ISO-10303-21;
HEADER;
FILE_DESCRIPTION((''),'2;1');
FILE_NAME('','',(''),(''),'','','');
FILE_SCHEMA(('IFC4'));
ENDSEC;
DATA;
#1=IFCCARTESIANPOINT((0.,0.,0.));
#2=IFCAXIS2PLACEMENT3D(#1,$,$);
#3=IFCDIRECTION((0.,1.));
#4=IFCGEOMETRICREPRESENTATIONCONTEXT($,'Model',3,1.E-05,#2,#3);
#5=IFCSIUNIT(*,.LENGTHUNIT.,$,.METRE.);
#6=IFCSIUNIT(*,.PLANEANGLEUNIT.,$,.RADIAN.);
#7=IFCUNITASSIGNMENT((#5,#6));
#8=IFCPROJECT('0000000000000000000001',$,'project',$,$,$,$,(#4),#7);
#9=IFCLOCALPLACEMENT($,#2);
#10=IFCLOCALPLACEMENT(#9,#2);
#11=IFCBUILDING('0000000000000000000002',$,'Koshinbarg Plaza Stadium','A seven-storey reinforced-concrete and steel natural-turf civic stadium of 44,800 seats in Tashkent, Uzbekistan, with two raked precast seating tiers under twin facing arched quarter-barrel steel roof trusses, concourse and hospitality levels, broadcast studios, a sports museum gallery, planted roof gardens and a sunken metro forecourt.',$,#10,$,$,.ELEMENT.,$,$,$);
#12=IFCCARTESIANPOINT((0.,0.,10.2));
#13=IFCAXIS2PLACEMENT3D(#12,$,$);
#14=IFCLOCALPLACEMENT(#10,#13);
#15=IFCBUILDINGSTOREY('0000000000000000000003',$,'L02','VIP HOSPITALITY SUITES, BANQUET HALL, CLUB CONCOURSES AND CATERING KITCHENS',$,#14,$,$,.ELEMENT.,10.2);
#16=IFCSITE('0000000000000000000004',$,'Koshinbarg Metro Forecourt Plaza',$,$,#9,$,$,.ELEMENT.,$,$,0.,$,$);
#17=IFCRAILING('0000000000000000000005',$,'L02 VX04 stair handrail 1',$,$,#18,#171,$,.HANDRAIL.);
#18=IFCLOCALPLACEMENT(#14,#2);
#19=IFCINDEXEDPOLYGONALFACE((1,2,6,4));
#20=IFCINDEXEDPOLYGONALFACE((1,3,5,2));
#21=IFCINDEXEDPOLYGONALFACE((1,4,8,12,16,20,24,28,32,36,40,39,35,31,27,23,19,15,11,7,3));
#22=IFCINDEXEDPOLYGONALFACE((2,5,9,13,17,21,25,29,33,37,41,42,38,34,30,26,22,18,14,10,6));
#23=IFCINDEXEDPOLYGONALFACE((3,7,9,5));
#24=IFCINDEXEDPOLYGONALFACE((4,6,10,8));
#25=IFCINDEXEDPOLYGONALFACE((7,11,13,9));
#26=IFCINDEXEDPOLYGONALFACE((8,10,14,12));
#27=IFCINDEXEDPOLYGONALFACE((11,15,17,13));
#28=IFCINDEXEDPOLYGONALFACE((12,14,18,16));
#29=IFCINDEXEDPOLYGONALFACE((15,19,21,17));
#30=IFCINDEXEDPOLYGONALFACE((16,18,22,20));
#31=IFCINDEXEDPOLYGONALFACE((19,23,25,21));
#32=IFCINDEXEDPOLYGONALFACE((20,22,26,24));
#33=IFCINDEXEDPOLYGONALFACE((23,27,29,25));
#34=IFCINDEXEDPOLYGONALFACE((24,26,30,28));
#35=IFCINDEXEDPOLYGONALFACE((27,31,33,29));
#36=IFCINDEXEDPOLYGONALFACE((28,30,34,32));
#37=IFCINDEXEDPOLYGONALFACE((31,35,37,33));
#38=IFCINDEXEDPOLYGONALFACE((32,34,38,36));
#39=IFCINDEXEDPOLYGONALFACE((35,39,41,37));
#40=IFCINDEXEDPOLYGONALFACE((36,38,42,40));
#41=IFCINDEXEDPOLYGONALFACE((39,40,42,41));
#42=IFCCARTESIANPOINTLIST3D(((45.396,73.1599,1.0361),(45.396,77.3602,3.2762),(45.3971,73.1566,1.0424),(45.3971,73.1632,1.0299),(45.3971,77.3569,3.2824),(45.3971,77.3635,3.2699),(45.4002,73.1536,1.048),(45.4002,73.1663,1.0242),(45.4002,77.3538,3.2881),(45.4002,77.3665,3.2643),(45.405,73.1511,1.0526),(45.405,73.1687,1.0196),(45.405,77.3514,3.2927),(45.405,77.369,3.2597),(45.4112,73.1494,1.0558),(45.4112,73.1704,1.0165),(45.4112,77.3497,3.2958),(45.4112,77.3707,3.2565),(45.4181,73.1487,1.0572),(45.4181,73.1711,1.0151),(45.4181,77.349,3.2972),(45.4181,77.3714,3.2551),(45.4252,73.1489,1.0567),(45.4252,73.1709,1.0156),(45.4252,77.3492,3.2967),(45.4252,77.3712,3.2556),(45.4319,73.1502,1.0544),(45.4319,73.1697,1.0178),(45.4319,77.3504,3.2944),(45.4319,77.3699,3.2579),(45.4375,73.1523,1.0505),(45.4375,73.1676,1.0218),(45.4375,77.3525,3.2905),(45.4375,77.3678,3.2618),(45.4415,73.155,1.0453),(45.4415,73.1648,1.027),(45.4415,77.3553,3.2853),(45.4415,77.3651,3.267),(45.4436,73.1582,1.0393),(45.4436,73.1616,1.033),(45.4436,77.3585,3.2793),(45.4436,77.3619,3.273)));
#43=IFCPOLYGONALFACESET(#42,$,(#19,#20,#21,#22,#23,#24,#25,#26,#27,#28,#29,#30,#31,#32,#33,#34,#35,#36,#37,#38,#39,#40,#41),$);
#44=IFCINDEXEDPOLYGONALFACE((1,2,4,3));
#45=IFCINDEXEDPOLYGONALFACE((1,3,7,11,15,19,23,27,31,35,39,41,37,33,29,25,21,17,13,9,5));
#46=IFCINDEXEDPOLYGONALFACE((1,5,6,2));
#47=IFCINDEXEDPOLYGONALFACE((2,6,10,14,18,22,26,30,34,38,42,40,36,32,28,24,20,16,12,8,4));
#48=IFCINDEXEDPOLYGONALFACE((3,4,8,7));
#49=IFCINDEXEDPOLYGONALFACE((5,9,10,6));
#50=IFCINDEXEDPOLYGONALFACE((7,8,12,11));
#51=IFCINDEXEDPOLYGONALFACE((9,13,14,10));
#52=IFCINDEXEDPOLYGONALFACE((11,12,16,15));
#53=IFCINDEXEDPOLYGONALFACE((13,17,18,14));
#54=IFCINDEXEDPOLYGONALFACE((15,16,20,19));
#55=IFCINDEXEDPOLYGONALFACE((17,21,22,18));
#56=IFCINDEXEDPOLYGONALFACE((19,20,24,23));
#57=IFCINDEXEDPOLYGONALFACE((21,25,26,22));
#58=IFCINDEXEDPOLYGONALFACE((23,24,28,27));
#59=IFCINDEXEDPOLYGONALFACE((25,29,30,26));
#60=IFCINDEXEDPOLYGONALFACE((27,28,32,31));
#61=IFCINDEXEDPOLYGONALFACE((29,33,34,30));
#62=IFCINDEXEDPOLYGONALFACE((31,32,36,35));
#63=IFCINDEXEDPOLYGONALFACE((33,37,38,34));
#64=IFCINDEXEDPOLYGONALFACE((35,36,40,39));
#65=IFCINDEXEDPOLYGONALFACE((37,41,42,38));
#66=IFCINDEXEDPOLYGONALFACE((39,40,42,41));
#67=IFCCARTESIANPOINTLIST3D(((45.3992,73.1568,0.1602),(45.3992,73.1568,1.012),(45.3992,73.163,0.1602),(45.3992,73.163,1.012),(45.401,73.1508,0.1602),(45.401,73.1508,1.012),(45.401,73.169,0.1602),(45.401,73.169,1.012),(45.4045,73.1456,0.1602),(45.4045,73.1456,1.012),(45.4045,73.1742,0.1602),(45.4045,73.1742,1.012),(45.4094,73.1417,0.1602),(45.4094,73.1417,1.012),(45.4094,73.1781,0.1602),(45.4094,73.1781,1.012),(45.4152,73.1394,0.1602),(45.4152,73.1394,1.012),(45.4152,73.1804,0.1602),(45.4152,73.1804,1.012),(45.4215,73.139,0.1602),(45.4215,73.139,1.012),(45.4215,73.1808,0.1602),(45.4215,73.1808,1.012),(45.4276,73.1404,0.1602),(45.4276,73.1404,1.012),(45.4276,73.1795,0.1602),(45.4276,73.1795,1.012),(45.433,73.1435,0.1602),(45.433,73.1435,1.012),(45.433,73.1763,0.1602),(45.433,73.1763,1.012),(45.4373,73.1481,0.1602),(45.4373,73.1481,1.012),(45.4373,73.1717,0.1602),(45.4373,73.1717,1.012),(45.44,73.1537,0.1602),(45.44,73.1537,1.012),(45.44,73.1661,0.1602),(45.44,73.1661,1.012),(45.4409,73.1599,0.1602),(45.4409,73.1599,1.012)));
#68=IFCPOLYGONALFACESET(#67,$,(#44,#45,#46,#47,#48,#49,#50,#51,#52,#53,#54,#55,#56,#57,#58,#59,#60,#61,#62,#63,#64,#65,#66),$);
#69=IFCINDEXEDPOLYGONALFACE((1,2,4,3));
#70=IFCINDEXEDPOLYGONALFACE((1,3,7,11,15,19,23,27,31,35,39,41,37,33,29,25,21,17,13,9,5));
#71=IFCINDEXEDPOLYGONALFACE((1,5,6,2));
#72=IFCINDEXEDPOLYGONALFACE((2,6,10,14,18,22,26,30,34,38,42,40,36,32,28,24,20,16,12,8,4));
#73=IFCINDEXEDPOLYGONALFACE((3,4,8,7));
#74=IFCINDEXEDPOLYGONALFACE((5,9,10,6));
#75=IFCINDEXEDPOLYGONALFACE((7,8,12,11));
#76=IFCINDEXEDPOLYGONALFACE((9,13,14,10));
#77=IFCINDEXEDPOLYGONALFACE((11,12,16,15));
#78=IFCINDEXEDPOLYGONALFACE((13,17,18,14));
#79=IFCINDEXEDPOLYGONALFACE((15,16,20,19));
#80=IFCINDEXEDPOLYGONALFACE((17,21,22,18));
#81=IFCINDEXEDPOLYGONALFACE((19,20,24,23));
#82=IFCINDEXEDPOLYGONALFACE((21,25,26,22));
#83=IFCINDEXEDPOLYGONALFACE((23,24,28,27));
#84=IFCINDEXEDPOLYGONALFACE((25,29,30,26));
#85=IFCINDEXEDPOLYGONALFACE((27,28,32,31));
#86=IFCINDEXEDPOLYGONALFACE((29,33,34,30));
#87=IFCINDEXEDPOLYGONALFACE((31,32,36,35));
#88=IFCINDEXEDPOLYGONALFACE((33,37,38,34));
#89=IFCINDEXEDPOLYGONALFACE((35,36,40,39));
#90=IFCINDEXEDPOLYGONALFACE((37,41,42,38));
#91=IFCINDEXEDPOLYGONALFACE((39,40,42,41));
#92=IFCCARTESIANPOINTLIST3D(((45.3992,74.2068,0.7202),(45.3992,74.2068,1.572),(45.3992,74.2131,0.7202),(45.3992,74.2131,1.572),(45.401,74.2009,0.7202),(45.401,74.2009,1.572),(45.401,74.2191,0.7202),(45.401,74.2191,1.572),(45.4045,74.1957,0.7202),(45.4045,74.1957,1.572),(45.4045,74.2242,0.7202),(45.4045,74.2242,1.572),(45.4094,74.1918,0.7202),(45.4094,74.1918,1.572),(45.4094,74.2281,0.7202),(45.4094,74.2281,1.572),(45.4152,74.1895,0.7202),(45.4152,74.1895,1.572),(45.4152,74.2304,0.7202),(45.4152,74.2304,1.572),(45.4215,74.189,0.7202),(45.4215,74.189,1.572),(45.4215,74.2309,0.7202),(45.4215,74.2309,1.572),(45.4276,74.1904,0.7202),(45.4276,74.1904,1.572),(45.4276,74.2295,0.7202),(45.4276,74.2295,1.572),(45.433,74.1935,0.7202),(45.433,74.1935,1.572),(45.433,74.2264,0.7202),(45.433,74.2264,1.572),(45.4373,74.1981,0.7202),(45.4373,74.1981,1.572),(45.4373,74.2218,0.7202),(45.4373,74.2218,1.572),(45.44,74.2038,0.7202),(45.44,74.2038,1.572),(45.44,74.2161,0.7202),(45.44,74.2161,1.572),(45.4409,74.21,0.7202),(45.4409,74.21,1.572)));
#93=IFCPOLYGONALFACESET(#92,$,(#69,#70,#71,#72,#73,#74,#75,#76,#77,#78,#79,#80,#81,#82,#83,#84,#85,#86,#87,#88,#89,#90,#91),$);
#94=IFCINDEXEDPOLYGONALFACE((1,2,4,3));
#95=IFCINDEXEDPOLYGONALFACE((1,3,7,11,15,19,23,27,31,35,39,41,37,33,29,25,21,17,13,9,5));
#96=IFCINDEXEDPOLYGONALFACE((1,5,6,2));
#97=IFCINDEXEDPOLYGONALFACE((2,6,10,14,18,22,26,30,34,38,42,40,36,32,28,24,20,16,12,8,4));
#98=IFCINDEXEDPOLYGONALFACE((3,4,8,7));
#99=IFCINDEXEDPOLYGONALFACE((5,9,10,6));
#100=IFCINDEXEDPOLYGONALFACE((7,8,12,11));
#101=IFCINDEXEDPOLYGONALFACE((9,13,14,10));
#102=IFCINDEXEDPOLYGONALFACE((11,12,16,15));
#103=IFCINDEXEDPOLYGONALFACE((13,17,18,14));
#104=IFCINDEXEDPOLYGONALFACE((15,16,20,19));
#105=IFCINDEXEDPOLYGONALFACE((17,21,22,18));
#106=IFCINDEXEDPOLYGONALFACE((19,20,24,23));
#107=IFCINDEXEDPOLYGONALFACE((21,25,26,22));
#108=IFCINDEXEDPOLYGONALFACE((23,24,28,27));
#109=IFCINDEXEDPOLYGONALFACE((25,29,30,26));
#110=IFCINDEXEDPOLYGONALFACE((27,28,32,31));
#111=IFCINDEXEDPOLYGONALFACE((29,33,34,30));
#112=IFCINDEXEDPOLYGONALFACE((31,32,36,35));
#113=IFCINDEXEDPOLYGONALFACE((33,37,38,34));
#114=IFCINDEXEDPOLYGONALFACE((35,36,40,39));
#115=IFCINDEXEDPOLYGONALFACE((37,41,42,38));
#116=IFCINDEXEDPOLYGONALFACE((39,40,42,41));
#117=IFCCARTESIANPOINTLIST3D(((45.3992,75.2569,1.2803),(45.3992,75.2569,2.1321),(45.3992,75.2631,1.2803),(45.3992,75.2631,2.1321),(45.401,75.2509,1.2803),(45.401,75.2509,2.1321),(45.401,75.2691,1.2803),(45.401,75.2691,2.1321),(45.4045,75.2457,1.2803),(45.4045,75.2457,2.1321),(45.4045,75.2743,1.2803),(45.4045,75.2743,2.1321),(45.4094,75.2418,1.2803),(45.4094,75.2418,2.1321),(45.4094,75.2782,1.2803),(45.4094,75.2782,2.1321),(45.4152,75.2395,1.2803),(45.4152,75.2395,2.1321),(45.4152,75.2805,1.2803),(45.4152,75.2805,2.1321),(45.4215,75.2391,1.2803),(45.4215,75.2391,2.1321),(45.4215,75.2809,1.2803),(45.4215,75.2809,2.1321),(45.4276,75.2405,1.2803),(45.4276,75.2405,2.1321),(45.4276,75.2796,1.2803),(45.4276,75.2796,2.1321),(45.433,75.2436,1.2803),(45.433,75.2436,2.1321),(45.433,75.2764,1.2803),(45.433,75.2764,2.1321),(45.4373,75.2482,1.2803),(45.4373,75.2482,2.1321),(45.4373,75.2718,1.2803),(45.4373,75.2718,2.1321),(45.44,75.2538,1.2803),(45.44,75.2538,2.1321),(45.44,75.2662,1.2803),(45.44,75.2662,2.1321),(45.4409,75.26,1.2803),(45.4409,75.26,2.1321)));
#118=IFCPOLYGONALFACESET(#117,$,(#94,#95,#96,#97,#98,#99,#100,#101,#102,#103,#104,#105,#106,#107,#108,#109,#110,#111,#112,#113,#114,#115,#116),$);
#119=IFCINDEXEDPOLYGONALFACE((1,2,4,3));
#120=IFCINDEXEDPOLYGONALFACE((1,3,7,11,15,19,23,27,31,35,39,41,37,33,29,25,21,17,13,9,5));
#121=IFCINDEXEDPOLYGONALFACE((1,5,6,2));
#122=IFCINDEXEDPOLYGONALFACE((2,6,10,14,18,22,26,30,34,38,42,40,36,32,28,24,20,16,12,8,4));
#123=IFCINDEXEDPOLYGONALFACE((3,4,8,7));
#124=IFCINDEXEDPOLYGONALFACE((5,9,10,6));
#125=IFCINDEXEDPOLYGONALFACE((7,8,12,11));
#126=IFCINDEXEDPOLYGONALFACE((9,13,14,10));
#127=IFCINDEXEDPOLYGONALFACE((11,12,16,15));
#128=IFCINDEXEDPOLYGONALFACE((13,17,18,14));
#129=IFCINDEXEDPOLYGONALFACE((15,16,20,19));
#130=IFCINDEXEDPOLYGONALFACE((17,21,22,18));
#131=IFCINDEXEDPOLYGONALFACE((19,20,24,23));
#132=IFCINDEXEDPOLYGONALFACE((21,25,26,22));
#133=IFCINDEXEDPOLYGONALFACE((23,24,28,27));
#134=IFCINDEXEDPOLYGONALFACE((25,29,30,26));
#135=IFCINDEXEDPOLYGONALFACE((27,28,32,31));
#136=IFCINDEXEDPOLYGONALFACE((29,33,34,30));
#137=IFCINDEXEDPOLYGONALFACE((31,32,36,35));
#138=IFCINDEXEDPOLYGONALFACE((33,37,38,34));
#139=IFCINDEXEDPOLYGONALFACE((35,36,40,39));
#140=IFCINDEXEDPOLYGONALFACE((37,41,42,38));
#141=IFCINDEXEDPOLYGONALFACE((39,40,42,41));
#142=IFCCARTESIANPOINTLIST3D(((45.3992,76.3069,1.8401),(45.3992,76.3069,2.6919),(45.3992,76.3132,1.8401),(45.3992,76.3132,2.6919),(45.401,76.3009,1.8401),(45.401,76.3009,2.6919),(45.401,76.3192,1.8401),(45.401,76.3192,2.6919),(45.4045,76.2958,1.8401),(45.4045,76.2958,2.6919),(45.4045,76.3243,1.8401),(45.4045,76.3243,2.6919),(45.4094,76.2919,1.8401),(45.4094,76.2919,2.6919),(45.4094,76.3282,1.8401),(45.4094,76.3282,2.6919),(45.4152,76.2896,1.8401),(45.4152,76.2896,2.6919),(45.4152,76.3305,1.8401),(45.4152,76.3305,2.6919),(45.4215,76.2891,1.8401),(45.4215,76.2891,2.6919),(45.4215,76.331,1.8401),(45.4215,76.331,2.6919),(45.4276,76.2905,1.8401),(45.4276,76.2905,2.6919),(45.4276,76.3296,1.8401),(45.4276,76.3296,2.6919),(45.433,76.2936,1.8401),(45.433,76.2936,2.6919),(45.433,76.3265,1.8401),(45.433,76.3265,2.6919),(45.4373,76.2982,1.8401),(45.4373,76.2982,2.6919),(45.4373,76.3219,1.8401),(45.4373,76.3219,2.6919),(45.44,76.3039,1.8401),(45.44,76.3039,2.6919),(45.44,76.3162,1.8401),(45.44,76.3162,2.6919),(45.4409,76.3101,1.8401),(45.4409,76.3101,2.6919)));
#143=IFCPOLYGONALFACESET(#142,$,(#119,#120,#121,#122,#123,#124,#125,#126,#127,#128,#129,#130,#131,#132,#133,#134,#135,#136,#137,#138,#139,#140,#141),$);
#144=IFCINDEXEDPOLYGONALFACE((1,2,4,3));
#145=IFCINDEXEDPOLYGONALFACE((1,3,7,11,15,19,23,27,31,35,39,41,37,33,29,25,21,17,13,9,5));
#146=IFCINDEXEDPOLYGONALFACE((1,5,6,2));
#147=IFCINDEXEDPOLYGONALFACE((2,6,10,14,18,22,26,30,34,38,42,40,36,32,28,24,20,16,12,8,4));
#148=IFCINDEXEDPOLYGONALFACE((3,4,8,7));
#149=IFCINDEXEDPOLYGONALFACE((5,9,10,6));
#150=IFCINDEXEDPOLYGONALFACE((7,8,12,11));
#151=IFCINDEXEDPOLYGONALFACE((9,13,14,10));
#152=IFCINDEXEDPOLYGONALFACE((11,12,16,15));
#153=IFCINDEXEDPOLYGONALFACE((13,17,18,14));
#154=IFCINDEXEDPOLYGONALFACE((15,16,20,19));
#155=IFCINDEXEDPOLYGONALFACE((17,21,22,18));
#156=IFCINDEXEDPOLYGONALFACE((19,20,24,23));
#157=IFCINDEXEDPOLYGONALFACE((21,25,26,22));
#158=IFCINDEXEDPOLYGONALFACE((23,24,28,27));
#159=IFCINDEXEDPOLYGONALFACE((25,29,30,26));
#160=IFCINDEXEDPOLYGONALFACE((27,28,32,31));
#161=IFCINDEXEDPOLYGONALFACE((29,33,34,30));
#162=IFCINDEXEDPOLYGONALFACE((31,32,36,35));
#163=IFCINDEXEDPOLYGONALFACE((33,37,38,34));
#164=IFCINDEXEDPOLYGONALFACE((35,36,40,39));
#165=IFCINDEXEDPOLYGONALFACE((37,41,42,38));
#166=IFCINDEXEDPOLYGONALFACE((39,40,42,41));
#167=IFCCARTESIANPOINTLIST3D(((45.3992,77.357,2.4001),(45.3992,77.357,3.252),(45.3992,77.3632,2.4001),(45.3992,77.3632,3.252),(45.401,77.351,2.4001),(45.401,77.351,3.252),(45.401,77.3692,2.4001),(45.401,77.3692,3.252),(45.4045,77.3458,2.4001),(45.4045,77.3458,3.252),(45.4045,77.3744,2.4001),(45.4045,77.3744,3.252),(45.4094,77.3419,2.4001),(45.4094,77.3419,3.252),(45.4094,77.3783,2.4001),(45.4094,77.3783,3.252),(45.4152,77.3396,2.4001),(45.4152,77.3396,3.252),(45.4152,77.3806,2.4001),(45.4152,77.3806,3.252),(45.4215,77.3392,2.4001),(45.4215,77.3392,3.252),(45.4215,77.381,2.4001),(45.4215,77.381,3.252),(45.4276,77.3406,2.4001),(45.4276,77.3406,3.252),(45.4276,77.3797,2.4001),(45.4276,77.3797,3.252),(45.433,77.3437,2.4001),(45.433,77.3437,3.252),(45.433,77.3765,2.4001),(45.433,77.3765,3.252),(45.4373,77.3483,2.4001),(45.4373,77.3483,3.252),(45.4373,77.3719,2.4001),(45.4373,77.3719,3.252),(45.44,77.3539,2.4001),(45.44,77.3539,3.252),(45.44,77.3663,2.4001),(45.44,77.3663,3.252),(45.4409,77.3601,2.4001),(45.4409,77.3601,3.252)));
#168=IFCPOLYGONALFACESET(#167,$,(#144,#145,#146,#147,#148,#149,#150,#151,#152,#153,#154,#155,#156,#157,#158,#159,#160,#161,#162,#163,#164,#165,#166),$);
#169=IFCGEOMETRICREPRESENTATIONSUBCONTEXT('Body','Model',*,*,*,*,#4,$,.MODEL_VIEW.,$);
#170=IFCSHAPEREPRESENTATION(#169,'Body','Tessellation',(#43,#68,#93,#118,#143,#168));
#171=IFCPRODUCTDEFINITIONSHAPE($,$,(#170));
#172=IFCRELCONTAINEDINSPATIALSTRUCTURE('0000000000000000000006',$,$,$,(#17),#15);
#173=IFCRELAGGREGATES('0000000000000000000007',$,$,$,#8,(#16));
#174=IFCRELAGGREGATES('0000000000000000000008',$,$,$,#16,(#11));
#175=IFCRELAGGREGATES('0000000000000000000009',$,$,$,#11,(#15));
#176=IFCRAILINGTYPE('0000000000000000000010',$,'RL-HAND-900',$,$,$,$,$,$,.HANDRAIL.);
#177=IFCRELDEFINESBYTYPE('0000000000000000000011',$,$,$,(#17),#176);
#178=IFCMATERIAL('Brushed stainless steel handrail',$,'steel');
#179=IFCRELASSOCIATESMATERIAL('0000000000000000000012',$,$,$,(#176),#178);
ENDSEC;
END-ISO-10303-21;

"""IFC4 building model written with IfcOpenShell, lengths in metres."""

from ifc_helpers import new_model, si_unit, direction, frame, origin, origin_2d, place, context, subcontext, project, spatial, circle, extrude, material, type_object, element, save


model = new_model("IFC4")

# Units and contexts
model_context = context("Model", 3, precision=1e-05, world=origin(), true_north=direction((0.0, 1.0)))
body_context = subcontext(model_context, "Body", "Model", "MODEL_VIEW")
ifc_project = project(units=[si_unit("LENGTHUNIT", "METRE"), si_unit("PLANEANGLEUNIT", "RADIAN")], contexts=[model_context])

# Site, building, storey
site_placement = place(None, origin())
site = spatial("IfcSite", under=ifc_project, at=site_placement, Name="Koshinbarg Metro Forecourt Plaza", CompositionType="ELEMENT", RefElevation=0.0)
building_placement = place(site_placement, origin())
building = spatial("IfcBuilding", under=site, at=building_placement, Name="Koshinbarg Plaza Stadium", Description="A seven-storey reinforced-concrete and steel natural-turf civic stadium of 44,800 seats in Tashkent, Uzbekistan, with two raked precast seating tiers under twin facing arched quarter-barrel steel roof trusses, concourse and hospitality levels, broadcast studios, a sports museum gallery, planted roof gardens and a sunken metro forecourt.", CompositionType="ELEMENT")
storey_placement = place(building_placement, frame((0.0, 0.0, 10.2)))
storey = spatial("IfcBuildingStorey", under=building, at=storey_placement, Name="L02", Description="VIP HOSPITALITY SUITES, BANQUET HALL, CLUB CONCOURSES AND CATERING KITCHENS", CompositionType="ELEMENT", Elevation=10.2)

# Railing
ifc_material_1 = material(Name="Brushed stainless steel handrail", Category="steel")
railing_type_1 = type_object("IfcRailingType", Name="RL-HAND-900", PredefinedType="HANDRAIL", material=ifc_material_1)
railing_1_placement = place(storey_placement, frame((45.4199, 73.1599, 0.1602)))
element("IfcRailing", 1, at=railing_1_placement, inside=storey, type_object=railing_type_1, Name="L02 VX04 stair handrail 1", PredefinedType="HANDRAIL", context=body_context, shape_type="SweptSolid", body=[
    extrude(circle(Radius=0.0239, at=origin_2d()), frame((0.0, 0.0, 0.876), z_axis=(0.0, 0.882363, 0.47057), x_axis=(-1.0, 0.0, 0.0)), (0.0, 0.0, 1.0), 4.7603),
    extrude(circle(Radius=0.021, at=origin_2d()), origin(), (0.0, 0.0, 1.0), 0.8518),
    extrude(circle(Radius=0.021, at=origin_2d()), frame((0.0, 1.05, 0.5601)), (0.0, 0.0, 1.0), 0.8518),
    extrude(circle(Radius=0.021, at=origin_2d()), frame((0.0, 2.1001, 1.1201)), (0.0, 0.0, 1.0), 0.8518),
    extrude(circle(Radius=0.021, at=origin_2d()), frame((0.0, 3.1501, 1.6799)), (0.0, 0.0, 1.0), 0.8518),
    extrude(circle(Radius=0.021, at=origin_2d()), frame((0.0, 4.2002, 2.24)), (0.0, 0.0, 1.0), 0.8518),
])

save(model, "model.ifc")
